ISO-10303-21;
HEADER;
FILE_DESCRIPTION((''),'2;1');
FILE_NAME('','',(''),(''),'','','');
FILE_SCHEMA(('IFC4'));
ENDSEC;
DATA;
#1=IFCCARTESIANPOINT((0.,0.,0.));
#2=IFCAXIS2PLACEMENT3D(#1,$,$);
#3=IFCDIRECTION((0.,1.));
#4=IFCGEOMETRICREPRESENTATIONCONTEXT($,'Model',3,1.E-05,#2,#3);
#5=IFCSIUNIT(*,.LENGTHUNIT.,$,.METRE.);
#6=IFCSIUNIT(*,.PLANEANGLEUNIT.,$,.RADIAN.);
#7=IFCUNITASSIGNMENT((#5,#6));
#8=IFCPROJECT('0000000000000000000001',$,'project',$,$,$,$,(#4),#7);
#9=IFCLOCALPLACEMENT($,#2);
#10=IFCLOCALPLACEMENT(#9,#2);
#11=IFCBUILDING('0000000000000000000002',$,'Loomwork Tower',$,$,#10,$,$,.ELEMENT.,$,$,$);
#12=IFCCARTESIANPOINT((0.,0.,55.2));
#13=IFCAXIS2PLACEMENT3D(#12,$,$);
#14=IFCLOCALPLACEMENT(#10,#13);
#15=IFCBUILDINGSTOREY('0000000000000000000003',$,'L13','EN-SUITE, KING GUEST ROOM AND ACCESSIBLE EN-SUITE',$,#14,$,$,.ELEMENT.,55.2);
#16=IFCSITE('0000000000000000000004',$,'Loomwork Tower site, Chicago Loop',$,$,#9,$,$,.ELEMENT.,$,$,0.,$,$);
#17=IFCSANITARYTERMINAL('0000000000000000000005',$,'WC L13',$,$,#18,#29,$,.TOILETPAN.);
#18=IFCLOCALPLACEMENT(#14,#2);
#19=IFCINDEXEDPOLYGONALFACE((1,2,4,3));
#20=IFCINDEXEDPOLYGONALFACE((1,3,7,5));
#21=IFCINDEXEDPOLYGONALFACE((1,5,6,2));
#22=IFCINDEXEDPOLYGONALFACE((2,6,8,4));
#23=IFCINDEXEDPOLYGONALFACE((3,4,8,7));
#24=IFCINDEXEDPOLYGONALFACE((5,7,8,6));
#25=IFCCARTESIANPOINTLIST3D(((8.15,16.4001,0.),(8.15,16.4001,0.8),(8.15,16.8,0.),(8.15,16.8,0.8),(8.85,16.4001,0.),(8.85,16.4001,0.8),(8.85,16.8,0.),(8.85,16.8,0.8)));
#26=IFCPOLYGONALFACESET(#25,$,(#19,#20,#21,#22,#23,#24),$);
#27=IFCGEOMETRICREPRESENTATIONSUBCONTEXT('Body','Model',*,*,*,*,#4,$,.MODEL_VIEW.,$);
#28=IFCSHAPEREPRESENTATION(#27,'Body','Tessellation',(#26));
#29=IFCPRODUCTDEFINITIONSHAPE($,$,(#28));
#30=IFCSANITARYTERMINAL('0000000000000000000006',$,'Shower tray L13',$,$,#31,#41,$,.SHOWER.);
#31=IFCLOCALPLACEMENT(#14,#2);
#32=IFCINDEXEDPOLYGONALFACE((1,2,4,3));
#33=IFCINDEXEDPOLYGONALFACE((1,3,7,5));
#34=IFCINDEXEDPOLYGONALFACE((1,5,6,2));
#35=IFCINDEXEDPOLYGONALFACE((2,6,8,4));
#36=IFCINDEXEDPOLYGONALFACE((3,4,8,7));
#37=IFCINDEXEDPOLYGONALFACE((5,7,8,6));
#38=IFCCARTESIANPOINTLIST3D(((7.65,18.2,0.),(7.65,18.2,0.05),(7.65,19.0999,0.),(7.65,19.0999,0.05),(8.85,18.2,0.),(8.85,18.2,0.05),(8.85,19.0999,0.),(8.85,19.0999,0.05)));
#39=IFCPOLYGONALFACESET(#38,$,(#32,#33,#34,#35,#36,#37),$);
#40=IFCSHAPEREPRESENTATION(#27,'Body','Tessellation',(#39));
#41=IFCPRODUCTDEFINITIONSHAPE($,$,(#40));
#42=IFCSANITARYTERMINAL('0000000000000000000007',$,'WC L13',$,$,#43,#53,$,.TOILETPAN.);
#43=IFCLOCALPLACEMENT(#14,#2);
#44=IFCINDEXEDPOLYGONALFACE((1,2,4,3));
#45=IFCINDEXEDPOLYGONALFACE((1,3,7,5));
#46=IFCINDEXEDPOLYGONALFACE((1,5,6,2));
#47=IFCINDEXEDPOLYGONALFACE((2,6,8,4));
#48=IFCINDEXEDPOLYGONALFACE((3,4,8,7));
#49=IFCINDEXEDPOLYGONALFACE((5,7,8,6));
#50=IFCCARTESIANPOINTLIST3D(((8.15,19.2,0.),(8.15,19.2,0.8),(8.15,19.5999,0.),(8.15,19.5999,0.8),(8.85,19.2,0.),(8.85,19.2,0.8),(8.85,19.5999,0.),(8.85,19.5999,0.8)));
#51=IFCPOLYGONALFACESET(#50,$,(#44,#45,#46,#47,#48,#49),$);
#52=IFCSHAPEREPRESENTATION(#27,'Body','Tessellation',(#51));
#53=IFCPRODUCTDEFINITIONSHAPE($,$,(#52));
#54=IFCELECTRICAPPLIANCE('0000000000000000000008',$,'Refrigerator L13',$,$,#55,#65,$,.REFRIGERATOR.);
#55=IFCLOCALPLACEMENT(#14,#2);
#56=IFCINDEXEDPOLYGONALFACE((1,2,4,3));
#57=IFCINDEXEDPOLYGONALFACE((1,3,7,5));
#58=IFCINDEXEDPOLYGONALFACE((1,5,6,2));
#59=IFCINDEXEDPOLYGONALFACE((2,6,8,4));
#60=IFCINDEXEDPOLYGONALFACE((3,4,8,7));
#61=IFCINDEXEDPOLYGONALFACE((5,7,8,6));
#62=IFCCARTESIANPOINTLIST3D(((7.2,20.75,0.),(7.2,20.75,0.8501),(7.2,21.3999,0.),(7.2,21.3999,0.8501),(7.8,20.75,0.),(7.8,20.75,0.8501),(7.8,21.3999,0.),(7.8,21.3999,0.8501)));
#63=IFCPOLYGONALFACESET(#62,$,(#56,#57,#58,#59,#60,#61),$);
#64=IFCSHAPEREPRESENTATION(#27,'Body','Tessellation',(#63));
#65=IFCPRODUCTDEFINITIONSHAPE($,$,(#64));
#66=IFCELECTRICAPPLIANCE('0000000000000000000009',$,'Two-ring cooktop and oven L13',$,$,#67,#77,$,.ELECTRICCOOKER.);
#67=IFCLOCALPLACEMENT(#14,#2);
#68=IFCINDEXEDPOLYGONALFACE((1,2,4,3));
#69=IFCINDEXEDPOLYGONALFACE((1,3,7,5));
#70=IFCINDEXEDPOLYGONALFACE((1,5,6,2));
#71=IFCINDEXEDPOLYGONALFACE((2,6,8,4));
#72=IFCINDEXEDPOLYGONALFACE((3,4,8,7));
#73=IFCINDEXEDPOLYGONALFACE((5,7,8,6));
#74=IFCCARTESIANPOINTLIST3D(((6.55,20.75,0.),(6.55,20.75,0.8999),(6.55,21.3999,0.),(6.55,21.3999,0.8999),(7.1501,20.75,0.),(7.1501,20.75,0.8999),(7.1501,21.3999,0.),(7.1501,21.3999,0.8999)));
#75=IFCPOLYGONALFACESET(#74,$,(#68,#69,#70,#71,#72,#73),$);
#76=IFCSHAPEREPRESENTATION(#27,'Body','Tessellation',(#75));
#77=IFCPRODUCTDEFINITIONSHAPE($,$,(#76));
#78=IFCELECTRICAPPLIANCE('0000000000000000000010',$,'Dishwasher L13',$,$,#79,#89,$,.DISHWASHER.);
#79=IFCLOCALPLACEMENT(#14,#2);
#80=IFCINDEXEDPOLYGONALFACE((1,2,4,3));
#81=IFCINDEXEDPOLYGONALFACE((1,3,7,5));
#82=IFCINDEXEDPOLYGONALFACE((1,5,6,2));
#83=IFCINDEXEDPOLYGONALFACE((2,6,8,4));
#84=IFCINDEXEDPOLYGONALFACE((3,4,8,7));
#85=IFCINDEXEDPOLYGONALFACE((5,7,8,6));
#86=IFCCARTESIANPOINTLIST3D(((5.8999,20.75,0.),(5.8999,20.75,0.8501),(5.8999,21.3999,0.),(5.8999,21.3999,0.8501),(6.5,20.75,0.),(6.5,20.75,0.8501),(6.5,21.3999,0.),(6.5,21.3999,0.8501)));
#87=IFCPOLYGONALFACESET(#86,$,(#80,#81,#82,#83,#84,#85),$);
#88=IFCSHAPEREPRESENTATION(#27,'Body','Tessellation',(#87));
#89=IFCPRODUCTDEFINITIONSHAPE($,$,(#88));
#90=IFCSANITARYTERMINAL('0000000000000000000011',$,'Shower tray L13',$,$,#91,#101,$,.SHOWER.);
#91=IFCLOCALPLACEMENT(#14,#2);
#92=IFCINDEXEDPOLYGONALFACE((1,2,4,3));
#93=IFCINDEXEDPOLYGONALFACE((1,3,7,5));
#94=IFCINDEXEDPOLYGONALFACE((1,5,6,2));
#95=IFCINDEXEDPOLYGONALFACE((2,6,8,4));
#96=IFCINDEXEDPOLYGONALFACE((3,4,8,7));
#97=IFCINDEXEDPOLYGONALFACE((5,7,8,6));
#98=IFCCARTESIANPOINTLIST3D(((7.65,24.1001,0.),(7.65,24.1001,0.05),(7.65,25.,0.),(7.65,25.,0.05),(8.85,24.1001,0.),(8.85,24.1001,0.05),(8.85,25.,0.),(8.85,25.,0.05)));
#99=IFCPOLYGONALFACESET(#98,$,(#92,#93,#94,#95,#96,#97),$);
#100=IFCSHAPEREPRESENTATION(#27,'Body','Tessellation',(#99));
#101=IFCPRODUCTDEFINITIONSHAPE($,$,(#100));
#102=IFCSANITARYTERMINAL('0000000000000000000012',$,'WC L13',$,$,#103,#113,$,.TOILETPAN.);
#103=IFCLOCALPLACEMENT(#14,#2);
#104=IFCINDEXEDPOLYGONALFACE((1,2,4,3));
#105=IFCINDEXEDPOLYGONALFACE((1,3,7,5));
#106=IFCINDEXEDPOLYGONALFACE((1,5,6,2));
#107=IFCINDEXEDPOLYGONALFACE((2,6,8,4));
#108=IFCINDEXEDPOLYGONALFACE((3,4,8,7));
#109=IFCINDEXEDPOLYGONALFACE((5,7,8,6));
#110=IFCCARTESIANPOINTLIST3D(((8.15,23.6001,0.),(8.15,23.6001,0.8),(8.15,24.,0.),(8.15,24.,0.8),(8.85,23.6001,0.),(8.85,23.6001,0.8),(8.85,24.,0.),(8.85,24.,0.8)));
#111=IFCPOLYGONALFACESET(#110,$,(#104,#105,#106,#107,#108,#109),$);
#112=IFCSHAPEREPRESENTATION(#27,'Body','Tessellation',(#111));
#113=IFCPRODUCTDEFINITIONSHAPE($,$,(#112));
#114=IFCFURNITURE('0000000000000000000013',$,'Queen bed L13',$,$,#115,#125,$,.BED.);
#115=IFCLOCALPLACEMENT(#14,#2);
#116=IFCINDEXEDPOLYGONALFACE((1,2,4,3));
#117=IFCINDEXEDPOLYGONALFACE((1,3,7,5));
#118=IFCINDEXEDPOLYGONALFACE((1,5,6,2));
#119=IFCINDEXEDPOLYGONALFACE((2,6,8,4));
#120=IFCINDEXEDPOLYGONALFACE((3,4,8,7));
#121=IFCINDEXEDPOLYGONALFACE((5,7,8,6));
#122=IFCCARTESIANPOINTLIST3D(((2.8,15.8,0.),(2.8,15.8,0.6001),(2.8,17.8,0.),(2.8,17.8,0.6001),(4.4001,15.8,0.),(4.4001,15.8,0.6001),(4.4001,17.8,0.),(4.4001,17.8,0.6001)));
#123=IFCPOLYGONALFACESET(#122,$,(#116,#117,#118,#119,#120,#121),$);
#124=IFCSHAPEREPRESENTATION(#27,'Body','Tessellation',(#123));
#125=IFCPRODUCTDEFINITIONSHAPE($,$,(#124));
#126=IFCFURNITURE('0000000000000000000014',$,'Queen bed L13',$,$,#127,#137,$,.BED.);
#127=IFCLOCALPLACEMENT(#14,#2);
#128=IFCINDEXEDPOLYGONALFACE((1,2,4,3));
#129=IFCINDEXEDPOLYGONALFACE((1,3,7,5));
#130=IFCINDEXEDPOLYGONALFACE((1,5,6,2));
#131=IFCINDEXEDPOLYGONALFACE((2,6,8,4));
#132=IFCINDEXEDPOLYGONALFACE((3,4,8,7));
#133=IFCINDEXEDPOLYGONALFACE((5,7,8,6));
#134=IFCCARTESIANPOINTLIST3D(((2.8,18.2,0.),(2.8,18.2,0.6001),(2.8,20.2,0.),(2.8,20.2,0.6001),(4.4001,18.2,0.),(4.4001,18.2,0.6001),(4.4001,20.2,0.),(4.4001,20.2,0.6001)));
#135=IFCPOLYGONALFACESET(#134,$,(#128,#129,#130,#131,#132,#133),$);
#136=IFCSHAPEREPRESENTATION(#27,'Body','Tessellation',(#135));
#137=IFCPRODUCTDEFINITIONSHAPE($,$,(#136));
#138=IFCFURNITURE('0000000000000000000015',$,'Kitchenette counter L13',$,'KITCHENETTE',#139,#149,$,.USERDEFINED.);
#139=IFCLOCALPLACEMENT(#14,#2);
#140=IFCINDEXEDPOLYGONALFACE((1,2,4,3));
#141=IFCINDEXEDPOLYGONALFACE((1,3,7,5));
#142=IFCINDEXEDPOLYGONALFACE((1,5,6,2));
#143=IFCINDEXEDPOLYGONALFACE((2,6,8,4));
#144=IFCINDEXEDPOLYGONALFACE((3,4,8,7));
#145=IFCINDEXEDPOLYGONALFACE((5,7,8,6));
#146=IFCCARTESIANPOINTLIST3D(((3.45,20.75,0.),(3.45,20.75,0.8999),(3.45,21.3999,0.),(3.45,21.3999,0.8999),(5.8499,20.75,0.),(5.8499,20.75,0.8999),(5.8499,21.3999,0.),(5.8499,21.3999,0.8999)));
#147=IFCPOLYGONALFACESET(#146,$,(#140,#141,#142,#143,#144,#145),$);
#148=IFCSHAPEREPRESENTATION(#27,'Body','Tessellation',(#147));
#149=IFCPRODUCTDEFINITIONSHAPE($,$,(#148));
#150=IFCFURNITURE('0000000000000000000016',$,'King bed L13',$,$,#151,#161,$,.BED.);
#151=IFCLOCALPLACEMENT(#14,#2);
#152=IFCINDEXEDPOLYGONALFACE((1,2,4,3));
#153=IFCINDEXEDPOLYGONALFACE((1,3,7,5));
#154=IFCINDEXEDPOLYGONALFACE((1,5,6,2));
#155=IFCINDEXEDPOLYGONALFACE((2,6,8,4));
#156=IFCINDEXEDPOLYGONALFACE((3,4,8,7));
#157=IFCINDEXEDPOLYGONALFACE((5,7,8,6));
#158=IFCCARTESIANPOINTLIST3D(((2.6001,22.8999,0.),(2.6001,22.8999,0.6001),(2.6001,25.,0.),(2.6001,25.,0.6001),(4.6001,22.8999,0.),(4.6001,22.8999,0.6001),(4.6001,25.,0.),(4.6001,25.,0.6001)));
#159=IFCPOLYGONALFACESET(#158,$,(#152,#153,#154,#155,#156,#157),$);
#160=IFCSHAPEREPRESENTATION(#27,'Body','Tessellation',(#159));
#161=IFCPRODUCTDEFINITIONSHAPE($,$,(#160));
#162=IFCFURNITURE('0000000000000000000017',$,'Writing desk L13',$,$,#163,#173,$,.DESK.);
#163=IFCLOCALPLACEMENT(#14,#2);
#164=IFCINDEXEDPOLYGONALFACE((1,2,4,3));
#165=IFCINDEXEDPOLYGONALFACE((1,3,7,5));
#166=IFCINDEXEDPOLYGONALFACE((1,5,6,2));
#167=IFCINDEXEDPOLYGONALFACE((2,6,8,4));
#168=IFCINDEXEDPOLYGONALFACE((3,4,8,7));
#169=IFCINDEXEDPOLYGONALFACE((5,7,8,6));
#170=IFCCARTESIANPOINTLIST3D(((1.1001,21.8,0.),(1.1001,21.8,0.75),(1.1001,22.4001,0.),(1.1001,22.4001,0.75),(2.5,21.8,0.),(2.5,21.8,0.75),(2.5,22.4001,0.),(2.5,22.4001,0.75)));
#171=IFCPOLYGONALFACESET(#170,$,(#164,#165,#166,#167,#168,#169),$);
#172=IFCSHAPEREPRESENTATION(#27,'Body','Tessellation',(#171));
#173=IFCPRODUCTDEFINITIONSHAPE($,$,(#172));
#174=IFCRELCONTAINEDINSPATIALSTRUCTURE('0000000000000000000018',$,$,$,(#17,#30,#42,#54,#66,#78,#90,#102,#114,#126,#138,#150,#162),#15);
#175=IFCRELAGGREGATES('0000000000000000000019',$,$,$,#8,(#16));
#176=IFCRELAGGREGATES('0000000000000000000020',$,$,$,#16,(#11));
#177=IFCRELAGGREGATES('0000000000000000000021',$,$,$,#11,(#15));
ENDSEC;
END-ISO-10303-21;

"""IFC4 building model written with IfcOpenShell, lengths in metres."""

from ifc_helpers import new_model, si_unit, direction, frame, origin, origin_2d, place, context, subcontext, project, spatial, rectangle, extrude, element, save


model = new_model("IFC4")

# Units and contexts
model_context = context("Model", 3, precision=1e-05, world=origin(), true_north=direction((0.0, 1.0)))
body_context = subcontext(model_context, "Body", "Model", "MODEL_VIEW")
ifc_project = project(units=[si_unit("LENGTHUNIT", "METRE"), si_unit("PLANEANGLEUNIT", "RADIAN")], contexts=[model_context])

# Site, building, storey
site_placement = place(None, origin())
site = spatial("IfcSite", under=ifc_project, at=site_placement, Name="Loomwork Tower site, Chicago Loop", CompositionType="ELEMENT", RefElevation=0.0)
building_placement = place(site_placement, origin())
building = spatial("IfcBuilding", under=site, at=building_placement, Name="Loomwork Tower", CompositionType="ELEMENT")
storey_placement = place(building_placement, frame((0.0, 0.0, 55.2)))
storey = spatial("IfcBuildingStorey", under=building, at=storey_placement, Name="L13", Description="EN-SUITE, KING GUEST ROOM AND ACCESSIBLE EN-SUITE", CompositionType="ELEMENT", Elevation=55.2)

# Sanitary terminals
sanitary_terminal_1_placement = place(storey_placement, frame((8.5, 16.6001, 0.0), z_axis=(0.0, 0.0, 1.0), x_axis=(1.0, 0.0, 0.0)))
element("IfcSanitaryTerminal", 1, at=sanitary_terminal_1_placement, inside=storey, Name="WC L13", PredefinedType="TOILETPAN", context=body_context, shape_type="SweptSolid", body=[
    extrude(rectangle(XDim=0.7, YDim=0.3999, at=origin_2d()), origin(), (0.0, 0.0, 1.0), 0.8),
])
sanitary_terminal_2_placement = place(storey_placement, frame((8.25, 18.6499, 0.0), z_axis=(0.0, 0.0, 1.0), x_axis=(1.0, 0.0, 0.0)))
element("IfcSanitaryTerminal", 2, at=sanitary_terminal_2_placement, inside=storey, Name="Shower tray L13", PredefinedType="SHOWER", context=body_context, shape_type="SweptSolid", body=[
    extrude(rectangle(XDim=1.2, YDim=0.8999, at=origin_2d()), origin(), (0.0, 0.0, 1.0), 0.05),
])
sanitary_terminal_3_placement = place(storey_placement, frame((8.5, 19.3999, 0.0), z_axis=(0.0, 0.0, 1.0), x_axis=(1.0, 0.0, 0.0)))
element("IfcSanitaryTerminal", 3, at=sanitary_terminal_3_placement, inside=storey, Name="WC L13", PredefinedType="TOILETPAN", context=body_context, shape_type="SweptSolid", body=[
    extrude(rectangle(XDim=0.7, YDim=0.3999, at=origin_2d()), origin(), (0.0, 0.0, 1.0), 0.8),
])

# Electric appliances
electric_appliance_1_placement = place(storey_placement, frame((7.5, 21.075, 0.0), z_axis=(0.0, 0.0, 1.0), x_axis=(1.0, 0.0, 0.0)))
element("IfcElectricAppliance", 4, at=electric_appliance_1_placement, inside=storey, Name="Refrigerator L13", PredefinedType="REFRIGERATOR", context=body_context, shape_type="SweptSolid", body=[
    extrude(rectangle(XDim=0.6001, YDim=0.6499, at=origin_2d()), origin(), (0.0, 0.0, 1.0), 0.8501),
])
electric_appliance_2_placement = place(storey_placement, frame((6.8501, 21.075, 0.0), z_axis=(0.0, 0.0, 1.0), x_axis=(1.0, 0.0, 0.0)))
element("IfcElectricAppliance", 5, at=electric_appliance_2_placement, inside=storey, Name="Two-ring cooktop and oven L13", PredefinedType="ELECTRICCOOKER", context=body_context, shape_type="SweptSolid", body=[
    extrude(rectangle(XDim=0.6001, YDim=0.6499, at=origin_2d()), origin(), (0.0, 0.0, 1.0), 0.8999),
])
electric_appliance_3_placement = place(storey_placement, frame((6.2, 21.075, 0.0), z_axis=(0.0, 0.0, 1.0), x_axis=(1.0, 0.0, 0.0)))
element("IfcElectricAppliance", 6, at=electric_appliance_3_placement, inside=storey, Name="Dishwasher L13", PredefinedType="DISHWASHER", context=body_context, shape_type="SweptSolid", body=[
    extrude(rectangle(XDim=0.6001, YDim=0.6499, at=origin_2d()), origin(), (0.0, 0.0, 1.0), 0.8501),
])

# Sanitary terminals
sanitary_terminal_4_placement = place(storey_placement, frame((8.25, 24.55, 0.0), z_axis=(0.0, 0.0, 1.0), x_axis=(1.0, 0.0, 0.0)))
element("IfcSanitaryTerminal", 7, at=sanitary_terminal_4_placement, inside=storey, Name="Shower tray L13", PredefinedType="SHOWER", context=body_context, shape_type="SweptSolid", body=[
    extrude(rectangle(XDim=1.2, YDim=0.8999, at=origin_2d()), origin(), (0.0, 0.0, 1.0), 0.05),
])
sanitary_terminal_5_placement = place(storey_placement, frame((8.5, 23.8, 0.0), z_axis=(0.0, 0.0, 1.0), x_axis=(1.0, 0.0, 0.0)))
element("IfcSanitaryTerminal", 8, at=sanitary_terminal_5_placement, inside=storey, Name="WC L13", PredefinedType="TOILETPAN", context=body_context, shape_type="SweptSolid", body=[
    extrude(rectangle(XDim=0.7, YDim=0.3999, at=origin_2d()), origin(), (0.0, 0.0, 1.0), 0.8),
])

# Furniture
for number, where, z_axis, x_axis, name in (
    (9, (3.6001, 16.8, 0.0), (0.0, 0.0, 1.0), (1.0, 0.0, 0.0), "Queen bed L13"),
    (10, (3.6001, 19.2, 0.0), (0.0, 0.0, 1.0), (1.0, 0.0, 0.0), "Queen bed L13"),
):
    element("IfcFurniture", number, at=place(storey_placement, frame(where, z_axis=z_axis, x_axis=x_axis)), inside=storey, Name=name, PredefinedType="BED", context=body_context, shape_type="SweptSolid", body=[
        extrude(rectangle(XDim=1.6001, YDim=2.0, at=origin_2d()), origin(), (0.0, 0.0, 1.0), 0.6001),
    ])
furniture_1_placement = place(storey_placement, frame((4.6499, 21.075, 0.0), z_axis=(0.0, 0.0, 1.0), x_axis=(1.0, 0.0, 0.0)))
element("IfcFurniture", 11, at=furniture_1_placement, inside=storey, Name="Kitchenette counter L13", ObjectType="KITCHENETTE", PredefinedType="USERDEFINED", context=body_context, shape_type="SweptSolid", body=[
    extrude(rectangle(XDim=2.3999, YDim=0.6499, at=origin_2d()), origin(), (0.0, 0.0, 1.0), 0.8999),
])
furniture_2_placement = place(storey_placement, frame((3.6001, 23.95, 0.0), z_axis=(0.0, 0.0, 1.0), x_axis=(1.0, 0.0, 0.0)))
element("IfcFurniture", 12, at=furniture_2_placement, inside=storey, Name="King bed L13", PredefinedType="BED", context=body_context, shape_type="SweptSolid", body=[
    extrude(rectangle(XDim=2.0, YDim=2.1001, at=origin_2d()), origin(), (0.0, 0.0, 1.0), 0.6001),
])
furniture_3_placement = place(storey_placement, frame((1.8, 22.1001, 0.0), z_axis=(0.0, 0.0, 1.0), x_axis=(1.0, 0.0, 0.0)))
element("IfcFurniture", 13, at=furniture_3_placement, inside=storey, Name="Writing desk L13", PredefinedType="DESK", context=body_context, shape_type="SweptSolid", body=[
    extrude(rectangle(XDim=1.3999, YDim=0.6001, at=origin_2d()), origin(), (0.0, 0.0, 1.0), 0.75),
])

save(model, "model.ifc")
